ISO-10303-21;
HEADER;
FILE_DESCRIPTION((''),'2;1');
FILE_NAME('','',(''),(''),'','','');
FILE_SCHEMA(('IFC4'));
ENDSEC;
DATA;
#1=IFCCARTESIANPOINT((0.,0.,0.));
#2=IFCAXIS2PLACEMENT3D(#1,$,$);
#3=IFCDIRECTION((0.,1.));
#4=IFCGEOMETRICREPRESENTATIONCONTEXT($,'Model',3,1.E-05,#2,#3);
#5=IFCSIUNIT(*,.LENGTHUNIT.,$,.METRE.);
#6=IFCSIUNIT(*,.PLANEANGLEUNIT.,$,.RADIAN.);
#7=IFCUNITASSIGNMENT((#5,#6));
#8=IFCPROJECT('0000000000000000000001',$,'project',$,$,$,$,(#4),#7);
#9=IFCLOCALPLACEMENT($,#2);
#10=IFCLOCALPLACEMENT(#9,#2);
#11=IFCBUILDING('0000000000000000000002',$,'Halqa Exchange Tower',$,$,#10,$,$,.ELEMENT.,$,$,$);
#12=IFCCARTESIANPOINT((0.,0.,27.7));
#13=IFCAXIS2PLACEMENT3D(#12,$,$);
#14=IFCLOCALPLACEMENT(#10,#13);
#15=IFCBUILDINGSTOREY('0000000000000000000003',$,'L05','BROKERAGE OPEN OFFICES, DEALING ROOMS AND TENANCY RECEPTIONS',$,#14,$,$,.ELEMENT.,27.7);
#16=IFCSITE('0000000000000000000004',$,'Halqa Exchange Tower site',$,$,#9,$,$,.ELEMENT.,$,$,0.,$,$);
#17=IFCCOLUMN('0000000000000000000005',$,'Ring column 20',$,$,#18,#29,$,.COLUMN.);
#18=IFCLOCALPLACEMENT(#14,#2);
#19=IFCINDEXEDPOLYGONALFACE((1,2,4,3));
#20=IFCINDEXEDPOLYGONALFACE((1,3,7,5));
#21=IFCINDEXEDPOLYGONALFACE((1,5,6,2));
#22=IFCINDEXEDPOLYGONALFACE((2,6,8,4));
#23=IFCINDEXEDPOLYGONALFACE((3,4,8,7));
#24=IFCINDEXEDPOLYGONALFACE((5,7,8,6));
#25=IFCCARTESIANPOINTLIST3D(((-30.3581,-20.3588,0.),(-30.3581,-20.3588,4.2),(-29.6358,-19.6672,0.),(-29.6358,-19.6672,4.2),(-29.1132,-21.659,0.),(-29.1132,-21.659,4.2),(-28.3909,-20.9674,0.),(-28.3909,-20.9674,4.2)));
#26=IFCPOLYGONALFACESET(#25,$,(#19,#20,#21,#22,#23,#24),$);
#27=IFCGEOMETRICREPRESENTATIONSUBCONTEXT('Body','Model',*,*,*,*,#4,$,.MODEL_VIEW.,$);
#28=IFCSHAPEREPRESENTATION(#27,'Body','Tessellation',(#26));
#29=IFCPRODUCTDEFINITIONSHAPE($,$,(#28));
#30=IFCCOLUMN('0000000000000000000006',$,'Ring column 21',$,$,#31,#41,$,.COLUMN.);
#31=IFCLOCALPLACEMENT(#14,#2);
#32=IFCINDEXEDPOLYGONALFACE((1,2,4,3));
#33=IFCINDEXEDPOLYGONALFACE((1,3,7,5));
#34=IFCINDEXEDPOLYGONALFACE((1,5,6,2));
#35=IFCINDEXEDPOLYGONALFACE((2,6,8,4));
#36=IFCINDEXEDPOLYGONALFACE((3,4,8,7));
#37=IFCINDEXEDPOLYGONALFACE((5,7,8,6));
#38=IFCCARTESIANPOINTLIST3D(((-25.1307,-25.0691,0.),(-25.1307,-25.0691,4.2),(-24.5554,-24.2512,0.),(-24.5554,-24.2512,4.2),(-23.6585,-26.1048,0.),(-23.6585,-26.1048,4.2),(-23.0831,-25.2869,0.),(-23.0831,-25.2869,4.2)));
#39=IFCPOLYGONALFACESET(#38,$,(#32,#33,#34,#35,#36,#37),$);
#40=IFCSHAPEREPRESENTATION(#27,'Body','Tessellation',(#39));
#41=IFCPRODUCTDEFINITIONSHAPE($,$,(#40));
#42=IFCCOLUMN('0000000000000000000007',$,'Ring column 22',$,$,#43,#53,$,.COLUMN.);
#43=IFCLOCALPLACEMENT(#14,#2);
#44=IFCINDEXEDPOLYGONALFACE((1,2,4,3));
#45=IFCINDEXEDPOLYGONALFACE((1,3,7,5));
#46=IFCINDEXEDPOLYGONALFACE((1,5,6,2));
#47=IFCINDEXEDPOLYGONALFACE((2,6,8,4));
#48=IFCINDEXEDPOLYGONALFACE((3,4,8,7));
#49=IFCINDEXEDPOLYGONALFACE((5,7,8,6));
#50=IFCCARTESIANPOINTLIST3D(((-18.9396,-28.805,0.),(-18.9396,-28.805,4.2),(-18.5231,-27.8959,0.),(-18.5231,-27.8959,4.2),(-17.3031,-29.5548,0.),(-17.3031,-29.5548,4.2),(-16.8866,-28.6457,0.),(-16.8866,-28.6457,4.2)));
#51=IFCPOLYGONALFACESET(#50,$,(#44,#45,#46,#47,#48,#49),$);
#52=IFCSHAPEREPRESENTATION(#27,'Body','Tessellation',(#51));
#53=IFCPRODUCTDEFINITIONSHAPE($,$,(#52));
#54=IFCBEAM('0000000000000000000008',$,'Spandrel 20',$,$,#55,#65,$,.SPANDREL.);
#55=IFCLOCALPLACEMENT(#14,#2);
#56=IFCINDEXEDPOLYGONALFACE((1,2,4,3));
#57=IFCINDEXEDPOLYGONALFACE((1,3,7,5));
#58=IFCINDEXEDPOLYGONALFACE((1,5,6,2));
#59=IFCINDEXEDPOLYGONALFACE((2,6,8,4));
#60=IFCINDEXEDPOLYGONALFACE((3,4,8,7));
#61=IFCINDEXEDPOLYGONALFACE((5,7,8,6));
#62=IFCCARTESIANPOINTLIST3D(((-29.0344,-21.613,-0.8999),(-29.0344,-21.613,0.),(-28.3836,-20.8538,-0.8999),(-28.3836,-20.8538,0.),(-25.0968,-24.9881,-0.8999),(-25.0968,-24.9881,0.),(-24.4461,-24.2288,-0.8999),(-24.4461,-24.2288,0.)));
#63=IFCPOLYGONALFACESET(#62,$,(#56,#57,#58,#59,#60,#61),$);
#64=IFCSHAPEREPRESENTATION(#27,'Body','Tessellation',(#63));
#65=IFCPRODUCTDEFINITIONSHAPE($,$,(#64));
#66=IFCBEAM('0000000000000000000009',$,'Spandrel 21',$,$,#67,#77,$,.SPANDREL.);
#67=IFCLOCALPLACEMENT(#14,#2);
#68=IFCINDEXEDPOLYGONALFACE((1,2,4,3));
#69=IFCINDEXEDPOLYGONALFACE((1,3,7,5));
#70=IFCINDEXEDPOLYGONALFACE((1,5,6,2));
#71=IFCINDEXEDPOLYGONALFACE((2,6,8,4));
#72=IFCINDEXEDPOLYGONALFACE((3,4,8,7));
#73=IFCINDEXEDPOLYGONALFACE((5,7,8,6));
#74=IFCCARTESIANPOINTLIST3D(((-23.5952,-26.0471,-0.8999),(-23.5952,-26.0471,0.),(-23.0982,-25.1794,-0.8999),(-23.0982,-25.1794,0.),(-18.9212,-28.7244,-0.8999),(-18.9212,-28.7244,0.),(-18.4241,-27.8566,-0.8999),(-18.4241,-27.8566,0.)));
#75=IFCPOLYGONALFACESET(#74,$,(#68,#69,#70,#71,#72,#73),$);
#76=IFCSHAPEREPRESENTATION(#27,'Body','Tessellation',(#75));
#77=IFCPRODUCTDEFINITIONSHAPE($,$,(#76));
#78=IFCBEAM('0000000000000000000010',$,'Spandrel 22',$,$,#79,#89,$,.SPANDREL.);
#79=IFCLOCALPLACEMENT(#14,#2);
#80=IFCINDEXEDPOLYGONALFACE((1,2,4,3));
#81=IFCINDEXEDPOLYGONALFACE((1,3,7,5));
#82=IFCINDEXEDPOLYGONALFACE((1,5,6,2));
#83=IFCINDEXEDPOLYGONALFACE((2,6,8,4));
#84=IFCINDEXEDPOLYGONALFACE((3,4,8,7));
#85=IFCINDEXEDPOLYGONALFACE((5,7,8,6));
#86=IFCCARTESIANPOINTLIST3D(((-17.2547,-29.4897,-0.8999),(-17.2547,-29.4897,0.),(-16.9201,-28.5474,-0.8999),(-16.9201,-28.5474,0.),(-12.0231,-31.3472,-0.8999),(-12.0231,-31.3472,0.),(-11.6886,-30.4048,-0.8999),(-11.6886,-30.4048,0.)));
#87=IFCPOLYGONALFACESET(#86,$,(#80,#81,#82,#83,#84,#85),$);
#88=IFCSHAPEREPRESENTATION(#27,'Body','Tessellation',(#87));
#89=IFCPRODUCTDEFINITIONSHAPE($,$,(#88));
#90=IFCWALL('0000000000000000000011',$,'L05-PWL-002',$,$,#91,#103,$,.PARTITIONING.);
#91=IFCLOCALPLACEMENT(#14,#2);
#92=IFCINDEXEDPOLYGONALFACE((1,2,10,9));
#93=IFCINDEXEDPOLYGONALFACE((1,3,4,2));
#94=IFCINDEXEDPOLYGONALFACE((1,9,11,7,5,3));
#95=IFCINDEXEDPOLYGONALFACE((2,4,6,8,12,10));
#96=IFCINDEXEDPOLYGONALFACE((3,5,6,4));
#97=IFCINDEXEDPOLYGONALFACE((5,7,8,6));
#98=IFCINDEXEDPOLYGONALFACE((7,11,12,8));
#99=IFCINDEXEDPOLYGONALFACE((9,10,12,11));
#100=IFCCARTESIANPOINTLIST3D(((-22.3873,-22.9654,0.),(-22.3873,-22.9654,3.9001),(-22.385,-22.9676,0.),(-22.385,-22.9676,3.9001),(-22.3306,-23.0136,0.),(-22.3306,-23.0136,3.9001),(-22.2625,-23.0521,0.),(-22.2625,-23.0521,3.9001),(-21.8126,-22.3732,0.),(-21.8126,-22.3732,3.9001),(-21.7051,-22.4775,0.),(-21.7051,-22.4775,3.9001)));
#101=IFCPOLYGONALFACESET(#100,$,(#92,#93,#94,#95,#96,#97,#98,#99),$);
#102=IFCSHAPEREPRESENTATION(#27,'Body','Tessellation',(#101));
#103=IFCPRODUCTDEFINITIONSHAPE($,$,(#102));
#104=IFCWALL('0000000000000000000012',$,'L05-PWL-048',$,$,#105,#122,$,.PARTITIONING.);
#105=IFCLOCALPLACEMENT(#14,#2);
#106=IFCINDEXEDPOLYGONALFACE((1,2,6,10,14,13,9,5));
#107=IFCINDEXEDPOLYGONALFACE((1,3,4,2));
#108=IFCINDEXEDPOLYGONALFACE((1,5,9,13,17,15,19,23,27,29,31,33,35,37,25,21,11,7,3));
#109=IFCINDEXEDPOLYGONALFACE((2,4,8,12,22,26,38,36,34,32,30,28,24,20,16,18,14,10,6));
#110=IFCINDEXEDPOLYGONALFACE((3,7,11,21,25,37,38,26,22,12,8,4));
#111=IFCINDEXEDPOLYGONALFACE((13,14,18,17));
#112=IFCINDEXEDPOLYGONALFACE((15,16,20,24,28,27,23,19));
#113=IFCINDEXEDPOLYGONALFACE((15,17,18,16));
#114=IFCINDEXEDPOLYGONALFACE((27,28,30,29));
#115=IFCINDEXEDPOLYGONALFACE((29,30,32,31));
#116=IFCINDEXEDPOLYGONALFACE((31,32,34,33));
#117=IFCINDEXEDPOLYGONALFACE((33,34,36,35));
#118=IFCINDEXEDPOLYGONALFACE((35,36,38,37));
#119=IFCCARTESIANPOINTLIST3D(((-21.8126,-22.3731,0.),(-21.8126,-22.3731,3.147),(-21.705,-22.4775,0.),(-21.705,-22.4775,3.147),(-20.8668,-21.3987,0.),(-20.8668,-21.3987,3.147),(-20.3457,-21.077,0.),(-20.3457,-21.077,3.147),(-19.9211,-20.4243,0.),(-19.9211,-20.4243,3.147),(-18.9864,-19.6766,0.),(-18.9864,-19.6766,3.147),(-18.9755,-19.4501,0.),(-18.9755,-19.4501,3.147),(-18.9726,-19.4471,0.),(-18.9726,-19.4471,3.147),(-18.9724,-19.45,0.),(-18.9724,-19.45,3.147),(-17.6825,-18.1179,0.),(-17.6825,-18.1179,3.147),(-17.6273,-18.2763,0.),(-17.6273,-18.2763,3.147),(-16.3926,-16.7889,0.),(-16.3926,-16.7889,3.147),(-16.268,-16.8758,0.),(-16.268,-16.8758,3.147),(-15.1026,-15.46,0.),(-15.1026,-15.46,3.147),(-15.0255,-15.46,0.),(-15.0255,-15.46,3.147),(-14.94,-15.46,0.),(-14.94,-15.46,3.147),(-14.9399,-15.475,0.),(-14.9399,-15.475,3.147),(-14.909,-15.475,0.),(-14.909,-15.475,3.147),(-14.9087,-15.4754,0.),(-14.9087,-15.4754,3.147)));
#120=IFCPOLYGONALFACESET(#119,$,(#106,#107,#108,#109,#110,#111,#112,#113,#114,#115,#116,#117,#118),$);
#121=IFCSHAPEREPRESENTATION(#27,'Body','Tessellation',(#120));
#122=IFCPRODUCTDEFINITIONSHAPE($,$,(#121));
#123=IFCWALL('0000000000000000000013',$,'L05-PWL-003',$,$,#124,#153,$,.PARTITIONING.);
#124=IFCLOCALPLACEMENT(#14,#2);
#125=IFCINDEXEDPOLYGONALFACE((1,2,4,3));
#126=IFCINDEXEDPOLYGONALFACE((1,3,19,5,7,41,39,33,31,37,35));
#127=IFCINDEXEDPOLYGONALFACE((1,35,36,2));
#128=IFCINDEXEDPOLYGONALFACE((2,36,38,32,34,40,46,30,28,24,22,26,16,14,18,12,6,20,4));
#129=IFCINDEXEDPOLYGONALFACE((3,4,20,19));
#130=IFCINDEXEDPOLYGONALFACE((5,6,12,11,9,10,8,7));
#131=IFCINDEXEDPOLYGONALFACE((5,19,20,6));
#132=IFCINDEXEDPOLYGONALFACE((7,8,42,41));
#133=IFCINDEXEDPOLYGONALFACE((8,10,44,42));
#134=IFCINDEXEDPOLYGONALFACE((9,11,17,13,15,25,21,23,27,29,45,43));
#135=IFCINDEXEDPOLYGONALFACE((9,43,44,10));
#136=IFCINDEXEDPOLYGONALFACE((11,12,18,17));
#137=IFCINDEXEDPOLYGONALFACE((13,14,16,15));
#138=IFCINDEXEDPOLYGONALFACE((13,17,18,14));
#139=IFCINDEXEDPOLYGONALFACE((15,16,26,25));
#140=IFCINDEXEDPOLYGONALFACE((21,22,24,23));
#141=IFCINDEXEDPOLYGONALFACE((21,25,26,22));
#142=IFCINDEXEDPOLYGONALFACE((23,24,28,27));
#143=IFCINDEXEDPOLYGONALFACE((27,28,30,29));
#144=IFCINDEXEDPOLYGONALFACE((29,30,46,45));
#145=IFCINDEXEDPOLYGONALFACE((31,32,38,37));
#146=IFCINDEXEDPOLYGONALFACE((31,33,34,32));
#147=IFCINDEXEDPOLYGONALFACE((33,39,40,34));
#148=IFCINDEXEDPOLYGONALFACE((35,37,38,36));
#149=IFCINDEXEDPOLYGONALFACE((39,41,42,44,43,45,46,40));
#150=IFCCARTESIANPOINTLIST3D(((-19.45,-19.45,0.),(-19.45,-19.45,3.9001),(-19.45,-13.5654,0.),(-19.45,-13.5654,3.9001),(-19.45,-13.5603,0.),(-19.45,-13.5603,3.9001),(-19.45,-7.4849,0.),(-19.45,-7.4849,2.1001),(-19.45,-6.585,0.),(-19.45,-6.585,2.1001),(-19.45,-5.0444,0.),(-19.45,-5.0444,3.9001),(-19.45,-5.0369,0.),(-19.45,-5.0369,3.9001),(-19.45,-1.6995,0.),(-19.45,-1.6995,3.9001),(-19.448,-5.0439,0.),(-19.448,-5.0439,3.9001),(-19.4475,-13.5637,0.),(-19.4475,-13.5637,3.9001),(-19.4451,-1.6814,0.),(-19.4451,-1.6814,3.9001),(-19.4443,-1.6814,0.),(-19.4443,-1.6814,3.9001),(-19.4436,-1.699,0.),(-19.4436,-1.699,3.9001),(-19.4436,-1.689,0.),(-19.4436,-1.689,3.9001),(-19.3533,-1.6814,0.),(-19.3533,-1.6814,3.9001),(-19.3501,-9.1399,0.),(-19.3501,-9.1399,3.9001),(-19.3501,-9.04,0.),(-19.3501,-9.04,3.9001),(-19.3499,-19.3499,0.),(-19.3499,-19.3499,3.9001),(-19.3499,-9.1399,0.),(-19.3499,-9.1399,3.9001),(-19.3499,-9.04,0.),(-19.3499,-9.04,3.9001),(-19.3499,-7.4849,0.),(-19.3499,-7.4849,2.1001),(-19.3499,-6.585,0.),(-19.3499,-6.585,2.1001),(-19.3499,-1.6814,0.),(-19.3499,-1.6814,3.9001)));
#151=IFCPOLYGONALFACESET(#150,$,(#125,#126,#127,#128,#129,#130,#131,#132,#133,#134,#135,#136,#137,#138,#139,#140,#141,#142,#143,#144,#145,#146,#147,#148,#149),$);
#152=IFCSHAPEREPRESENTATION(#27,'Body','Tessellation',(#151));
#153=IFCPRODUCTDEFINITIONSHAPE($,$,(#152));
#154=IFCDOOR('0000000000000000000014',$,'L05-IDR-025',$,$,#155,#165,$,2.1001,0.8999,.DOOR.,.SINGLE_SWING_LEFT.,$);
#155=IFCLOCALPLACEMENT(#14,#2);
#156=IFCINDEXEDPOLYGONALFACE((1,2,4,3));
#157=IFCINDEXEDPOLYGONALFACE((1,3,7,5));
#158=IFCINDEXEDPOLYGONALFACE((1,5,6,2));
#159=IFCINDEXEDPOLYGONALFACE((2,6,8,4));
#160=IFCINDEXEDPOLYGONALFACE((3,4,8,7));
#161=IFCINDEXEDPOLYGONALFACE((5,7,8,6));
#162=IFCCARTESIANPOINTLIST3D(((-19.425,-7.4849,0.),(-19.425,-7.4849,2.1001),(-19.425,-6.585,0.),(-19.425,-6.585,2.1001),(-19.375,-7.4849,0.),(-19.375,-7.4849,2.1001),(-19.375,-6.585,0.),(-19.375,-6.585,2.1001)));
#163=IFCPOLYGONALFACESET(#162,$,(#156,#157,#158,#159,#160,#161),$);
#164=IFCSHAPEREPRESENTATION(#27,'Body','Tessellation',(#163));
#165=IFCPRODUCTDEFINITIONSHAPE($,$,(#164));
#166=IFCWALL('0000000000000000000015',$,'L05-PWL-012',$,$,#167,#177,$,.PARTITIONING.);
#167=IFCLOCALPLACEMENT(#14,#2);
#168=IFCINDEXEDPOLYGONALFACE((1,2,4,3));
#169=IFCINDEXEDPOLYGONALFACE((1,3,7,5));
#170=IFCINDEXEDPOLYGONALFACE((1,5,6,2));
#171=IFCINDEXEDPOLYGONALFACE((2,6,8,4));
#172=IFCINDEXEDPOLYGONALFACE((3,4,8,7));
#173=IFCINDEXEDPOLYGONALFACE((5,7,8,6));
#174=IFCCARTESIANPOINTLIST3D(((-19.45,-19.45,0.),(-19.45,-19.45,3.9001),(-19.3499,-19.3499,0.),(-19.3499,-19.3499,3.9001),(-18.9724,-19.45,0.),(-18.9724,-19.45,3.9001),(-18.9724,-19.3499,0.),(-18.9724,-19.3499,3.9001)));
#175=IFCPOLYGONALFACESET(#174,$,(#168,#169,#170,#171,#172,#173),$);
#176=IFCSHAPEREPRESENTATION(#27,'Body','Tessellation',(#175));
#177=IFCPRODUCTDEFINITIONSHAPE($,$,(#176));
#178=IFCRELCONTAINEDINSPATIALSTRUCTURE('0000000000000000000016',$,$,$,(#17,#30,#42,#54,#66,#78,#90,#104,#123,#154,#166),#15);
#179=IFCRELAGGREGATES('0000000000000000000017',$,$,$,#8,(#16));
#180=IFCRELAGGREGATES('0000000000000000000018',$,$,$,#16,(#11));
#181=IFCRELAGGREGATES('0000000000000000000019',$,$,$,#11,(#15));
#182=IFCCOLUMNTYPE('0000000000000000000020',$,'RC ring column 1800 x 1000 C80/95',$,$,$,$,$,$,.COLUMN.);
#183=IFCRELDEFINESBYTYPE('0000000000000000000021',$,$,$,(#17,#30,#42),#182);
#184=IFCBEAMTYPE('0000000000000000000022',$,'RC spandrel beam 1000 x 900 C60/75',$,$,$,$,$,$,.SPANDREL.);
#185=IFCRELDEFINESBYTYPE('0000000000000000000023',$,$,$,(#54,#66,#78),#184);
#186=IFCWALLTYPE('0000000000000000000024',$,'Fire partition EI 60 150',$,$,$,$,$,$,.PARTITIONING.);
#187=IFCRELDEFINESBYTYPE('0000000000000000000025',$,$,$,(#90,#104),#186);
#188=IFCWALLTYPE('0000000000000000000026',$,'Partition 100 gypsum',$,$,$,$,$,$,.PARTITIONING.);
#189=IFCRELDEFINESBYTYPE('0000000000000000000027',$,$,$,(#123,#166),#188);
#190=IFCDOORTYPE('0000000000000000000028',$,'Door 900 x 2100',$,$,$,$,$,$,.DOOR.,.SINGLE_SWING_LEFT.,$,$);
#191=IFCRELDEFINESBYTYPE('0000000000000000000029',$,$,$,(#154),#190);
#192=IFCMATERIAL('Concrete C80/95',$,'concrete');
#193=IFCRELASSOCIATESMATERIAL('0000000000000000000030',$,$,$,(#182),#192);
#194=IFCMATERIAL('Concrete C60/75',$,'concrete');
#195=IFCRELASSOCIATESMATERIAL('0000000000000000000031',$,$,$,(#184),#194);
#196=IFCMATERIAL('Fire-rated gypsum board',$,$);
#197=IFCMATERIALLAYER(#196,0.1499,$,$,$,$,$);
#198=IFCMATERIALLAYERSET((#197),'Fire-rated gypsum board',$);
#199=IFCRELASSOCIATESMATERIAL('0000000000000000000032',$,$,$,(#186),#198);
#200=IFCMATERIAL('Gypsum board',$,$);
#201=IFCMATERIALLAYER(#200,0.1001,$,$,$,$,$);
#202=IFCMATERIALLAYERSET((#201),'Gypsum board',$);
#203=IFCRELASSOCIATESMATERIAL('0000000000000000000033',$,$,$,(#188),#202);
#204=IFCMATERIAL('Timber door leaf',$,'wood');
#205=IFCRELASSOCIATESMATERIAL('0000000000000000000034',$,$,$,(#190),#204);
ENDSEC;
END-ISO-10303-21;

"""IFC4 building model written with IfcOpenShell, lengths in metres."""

from ifc_helpers import new_model, si_unit, direction, frame, frame_2d, origin, origin_2d, place, context, subcontext, project, spatial, polyline, rectangle, outline, extrude, material, layer, layer_set, material_profile, profile_set, type_object, element, fill, save


model = new_model("IFC4")

# Units and contexts
model_context = context("Model", 3, precision=1e-05, world=origin(), true_north=direction((0.0, 1.0)))
body_context = subcontext(model_context, "Body", "Model", "MODEL_VIEW")
ifc_project = project(units=[si_unit("LENGTHUNIT", "METRE"), si_unit("PLANEANGLEUNIT", "RADIAN")], contexts=[model_context])

# Site, building, storey
site_placement = place(None, origin())
site = spatial("IfcSite", under=ifc_project, at=site_placement, Name="Halqa Exchange Tower site", CompositionType="ELEMENT", RefElevation=0.0)
building_placement = place(site_placement, origin())
building = spatial("IfcBuilding", under=site, at=building_placement, Name="Halqa Exchange Tower", CompositionType="ELEMENT")
storey_placement = place(building_placement, frame((0.0, 0.0, 27.7)))
storey = spatial("IfcBuildingStorey", under=building, at=storey_placement, Name="L05", Description="BROKERAGE OPEN OFFICES, DEALING ROOMS AND TENANCY RECEPTIONS", CompositionType="ELEMENT", Elevation=27.7)

# Columns
ifc_material_1 = material(Name="Concrete C80/95", Category="concrete")
ifc_material_profile_1 = material_profile(ifc_material_1, rectangle(XDim=1.8, YDim=1.0, at=origin_2d()), Name="1800 x 1000")
ifc_profile_set_1 = profile_set([ifc_material_profile_1], Name="Concrete C80/95")
column_type = type_object("IfcColumnType", Name="RC ring column 1800 x 1000 C80/95", PredefinedType="COLUMN", material=ifc_profile_set_1)
for number, where, z_axis, x_axis, name in (
    (1, (-29.3745, -20.6631, 0.0), (0.0, 0.0, 1.0), (0.691581, -0.722299, 0.0), "Ring column 20"),
    (2, (-24.1069, -25.178, 0.0), (0.0, 0.0, 1.0), (0.817909, -0.575348, 0.0), "Ring column 21"),
    (3, (-17.9131, -28.7253, 0.0), (0.0, 0.0, 1.0), (0.909126, -0.416522, 0.0), "Ring column 22"),
):
    element("IfcColumn", number, at=place(storey_placement, frame(where, z_axis=z_axis, x_axis=x_axis)), inside=storey, type_object=column_type, Name=name, PredefinedType="COLUMN", context=body_context, shape_type="SweptSolid", body=[
        extrude(rectangle(XDim=1.8, YDim=1.0, at=origin_2d()), origin(), (0.0, 0.0, 1.0), 4.2),
    ])

# Beams
ifc_material_2 = material(Name="Concrete C60/75", Category="concrete")
ifc_material_profile_2 = material_profile(ifc_material_2, rectangle(XDim=1.0, YDim=0.8999, at=origin_2d()), Name="1000 x 900")
ifc_profile_set_2 = profile_set([ifc_material_profile_2], Name="Concrete C60/75")
beam_type = type_object("IfcBeamType", Name="RC spandrel beam 1000 x 900 C60/75", PredefinedType="SPANDREL", material=ifc_profile_set_2)
beam_1_placement = place(storey_placement, frame((-28.709, -21.2334, -0.45), z_axis=(0.759257, -0.650791, 0.0), x_axis=(0.650791, 0.759257, 0.0)))
element("IfcBeam", 4, at=beam_1_placement, inside=storey, type_object=beam_type, Name="Spandrel 20", PredefinedType="SPANDREL", context=body_context, shape_type="SweptSolid", body=[
    extrude(rectangle(XDim=1.0, YDim=0.8999, at=origin_2d()), origin(), (0.0, 0.0, 1.0), 5.186),
])
beam_2_placement = place(storey_placement, frame((-23.3467, -25.6133, -0.45), z_axis=(0.867735, -0.497027, 0.0), x_axis=(0.497027, 0.867735, 0.0)))
element("IfcBeam", 5, at=beam_2_placement, inside=storey, type_object=beam_type, Name="Spandrel 21", PredefinedType="SPANDREL", context=body_context, shape_type="SweptSolid", body=[
    extrude(rectangle(XDim=1.0, YDim=0.8999, at=origin_2d()), origin(), (0.0, 0.0, 1.0), 5.3865),
])
beam_3_placement = place(storey_placement, frame((-17.0874, -29.0186, -0.45), z_axis=(0.942365, -0.334586, 0.0), x_axis=(0.334586, 0.942365, 0.0)))
element("IfcBeam", 6, at=beam_3_placement, inside=storey, type_object=beam_type, Name="Spandrel 22", PredefinedType="SPANDREL", context=body_context, shape_type="SweptSolid", body=[
    extrude(rectangle(XDim=1.0, YDim=0.8999, at=origin_2d()), origin(), (0.0, 0.0, 1.0), 5.5515),
])

# Walls
ifc_material_3 = material(Name="Fire-rated gypsum board")
ifc_layer_1 = layer(ifc_material_3, 0.1499)
ifc_layer_set_1 = layer_set([ifc_layer_1], Name="Fire-rated gypsum board")
wall_type_1 = type_object("IfcWallType", Name="Fire partition EI 60 150", PredefinedType="PARTITIONING", material=ifc_layer_set_1)
wall_1_placement = place(storey_placement, frame((-22.3335, -23.0176, 0.0), z_axis=(0.0, 0.0, 1.0), x_axis=(0.696377, 0.717676, 0.0)))
element("IfcWall", 7, at=wall_1_placement, inside=storey, type_object=wall_type_1, Name="L05-PWL-002", PredefinedType="PARTITIONING", context=body_context, shape_type="SweptSolid", body=[
    extrude(outline(polyline([(0.0, 0.075), (0.0, 0.0718), (0.0049, 0.0007), (0.0247, -0.075), (0.8252, -0.075), (0.8252, 0.075), (0.0, 0.075)])), origin(), (0.0, 0.0, 1.0), 3.9001),
])
wall_2_placement = place(storey_placement, frame((-21.7588, -22.4253, 0.0), z_axis=(0.0, 0.0, 1.0), x_axis=(0.696483, 0.717574, 0.0)))
element("IfcWall", 8, at=wall_2_placement, inside=storey, type_object=wall_type_1, Name="L05-PWL-048", PredefinedType="PARTITIONING", context=body_context, shape_type="SweptSolid", body=[
    extrude(outline(polyline([(9.7581, -0.075), (9.7581, -0.0745), (9.7366, -0.0522), (9.7473, -0.0417), (9.6877, 0.0195), (9.6877, 0.0195), (9.634, 0.075), (7.782, 0.075), (5.9299, 0.075), (4.0776, 0.075), (4.0757, 0.0728), (4.0735, 0.075), (2.7158, 0.075), (1.3579, 0.075), (0.0, 0.075), (0.0, -0.075), (1.9517, -0.075), (3.9033, -0.075), (5.8547, -0.075), (7.8064, -0.075), (9.7581, -0.075)])), origin(), (0.0, 0.0, 1.0), 3.147),
])

# Wall, opening, door
ifc_material_4 = material(Name="Gypsum board")
ifc_layer_2 = layer(ifc_material_4, 0.1001)
ifc_layer_set_2 = layer_set([ifc_layer_2], Name="Gypsum board")
wall_type_2 = type_object("IfcWallType", Name="Partition 100 gypsum", PredefinedType="PARTITIONING", material=ifc_layer_set_2)
wall_3_placement = place(storey_placement, frame((-19.3999, -19.45, 0.0), z_axis=(0.0, 0.0, 1.0), x_axis=(0.0, 1.0, 0.0)))
wall_3 = element("IfcWall", 9, at=wall_3_placement, inside=storey, type_object=wall_type_2, Name="L05-PWL-003", PredefinedType="PARTITIONING", context=body_context, shape_type="SweptSolid", body=[
    extrude(outline(polyline([(0.1001, -0.05), (1.8018, -0.05), (3.5034, -0.05), (5.2051, -0.05), (6.9067, -0.05), (8.6084, -0.05), (10.3101, -0.05), (10.3101, -0.0498), (10.4099, -0.0498), (10.4099, -0.05), (12.2495, -0.05), (14.0894, -0.05), (15.929, -0.05), (17.7686, -0.05), (17.7686, -0.0466), (17.761, 0.0437), (17.7686, 0.0444), (17.7686, 0.0452), (17.751, 0.0437), (17.7505, 0.05), (16.0818, 0.05), (14.4131, 0.05), (14.406, 0.0481), (14.4055, 0.05), (12.7024, 0.05), (10.9993, 0.05), (9.2959, 0.05), (7.5928, 0.05), (5.8896, 0.05), (5.8862, 0.0476), (5.8845, 0.05), (3.9229, 0.05), (1.9614, 0.05), (0.0, 0.05), (0.0999, -0.0498), (0.1001, -0.05)])), origin(), (0.0, 0.0, 1.0), 3.9001),
])
opening_1_placement = place(wall_3_placement, frame((11.9651, 0.0, 0.0)))
opening_1 = element("IfcOpeningElement", 10, at=opening_1_placement, cuts=wall_3, PredefinedType="OPENING", context=body_context, shape_type="SweptSolid", body=[
    extrude(rectangle(XDim=0.8999, YDim=2.1001, at=frame_2d((0.45, 1.05))), frame((0.0, 0.062, 0.0), z_axis=(0.0, -1.0, 0.0), x_axis=(1.0, 0.0, 0.0)), (0.0, 0.0, 1.0), 0.124),
])
ifc_material_5 = material(Name="Timber door leaf", Category="wood")
door_type_1 = type_object("IfcDoorType", Name="Door 900 x 2100", OperationType="SINGLE_SWING_LEFT", PredefinedType="DOOR", material=ifc_material_5)
door_1_placement = place(opening_1_placement, frame((0.8999, 0.0, 0.0), z_axis=(0.0, 0.0, 1.0), x_axis=(-1.0, 0.0, 0.0)))
door_1 = element("IfcDoor", 11, at=door_1_placement, inside=storey, type_object=door_type_1, Name="L05-IDR-025", OperationType="SINGLE_SWING_LEFT", OverallHeight=2.1001, OverallWidth=0.8999, PredefinedType="DOOR", context=body_context, shape_type="SweptSolid", body=[
    extrude(rectangle(XDim=0.8999, YDim=2.1001, at=frame_2d((0.45, 1.05))), frame((0.0, 0.0249, 0.0), z_axis=(0.0, -1.0, 0.0), x_axis=(1.0, 0.0, 0.0)), (0.0, 0.0, 1.0), 0.05),
])
fill(opening_1, door_1)

# Wall
wall_4_placement = place(storey_placement, frame((-18.9724, -19.3999, 0.0), z_axis=(0.0, 0.0, 1.0), x_axis=(-1.0, 0.0, 0.0)))
element("IfcWall", 12, at=wall_4_placement, inside=storey, type_object=wall_type_2, Name="L05-PWL-012", PredefinedType="PARTITIONING", context=body_context, shape_type="SweptSolid", body=[
    extrude(outline(polyline([(0.0, -0.05), (0.3774, -0.05), (0.4775, 0.05), (0.0, 0.05), (0.0, -0.05)])), origin(), (0.0, 0.0, 1.0), 3.9001),
])

save(model, "model.ifc")
